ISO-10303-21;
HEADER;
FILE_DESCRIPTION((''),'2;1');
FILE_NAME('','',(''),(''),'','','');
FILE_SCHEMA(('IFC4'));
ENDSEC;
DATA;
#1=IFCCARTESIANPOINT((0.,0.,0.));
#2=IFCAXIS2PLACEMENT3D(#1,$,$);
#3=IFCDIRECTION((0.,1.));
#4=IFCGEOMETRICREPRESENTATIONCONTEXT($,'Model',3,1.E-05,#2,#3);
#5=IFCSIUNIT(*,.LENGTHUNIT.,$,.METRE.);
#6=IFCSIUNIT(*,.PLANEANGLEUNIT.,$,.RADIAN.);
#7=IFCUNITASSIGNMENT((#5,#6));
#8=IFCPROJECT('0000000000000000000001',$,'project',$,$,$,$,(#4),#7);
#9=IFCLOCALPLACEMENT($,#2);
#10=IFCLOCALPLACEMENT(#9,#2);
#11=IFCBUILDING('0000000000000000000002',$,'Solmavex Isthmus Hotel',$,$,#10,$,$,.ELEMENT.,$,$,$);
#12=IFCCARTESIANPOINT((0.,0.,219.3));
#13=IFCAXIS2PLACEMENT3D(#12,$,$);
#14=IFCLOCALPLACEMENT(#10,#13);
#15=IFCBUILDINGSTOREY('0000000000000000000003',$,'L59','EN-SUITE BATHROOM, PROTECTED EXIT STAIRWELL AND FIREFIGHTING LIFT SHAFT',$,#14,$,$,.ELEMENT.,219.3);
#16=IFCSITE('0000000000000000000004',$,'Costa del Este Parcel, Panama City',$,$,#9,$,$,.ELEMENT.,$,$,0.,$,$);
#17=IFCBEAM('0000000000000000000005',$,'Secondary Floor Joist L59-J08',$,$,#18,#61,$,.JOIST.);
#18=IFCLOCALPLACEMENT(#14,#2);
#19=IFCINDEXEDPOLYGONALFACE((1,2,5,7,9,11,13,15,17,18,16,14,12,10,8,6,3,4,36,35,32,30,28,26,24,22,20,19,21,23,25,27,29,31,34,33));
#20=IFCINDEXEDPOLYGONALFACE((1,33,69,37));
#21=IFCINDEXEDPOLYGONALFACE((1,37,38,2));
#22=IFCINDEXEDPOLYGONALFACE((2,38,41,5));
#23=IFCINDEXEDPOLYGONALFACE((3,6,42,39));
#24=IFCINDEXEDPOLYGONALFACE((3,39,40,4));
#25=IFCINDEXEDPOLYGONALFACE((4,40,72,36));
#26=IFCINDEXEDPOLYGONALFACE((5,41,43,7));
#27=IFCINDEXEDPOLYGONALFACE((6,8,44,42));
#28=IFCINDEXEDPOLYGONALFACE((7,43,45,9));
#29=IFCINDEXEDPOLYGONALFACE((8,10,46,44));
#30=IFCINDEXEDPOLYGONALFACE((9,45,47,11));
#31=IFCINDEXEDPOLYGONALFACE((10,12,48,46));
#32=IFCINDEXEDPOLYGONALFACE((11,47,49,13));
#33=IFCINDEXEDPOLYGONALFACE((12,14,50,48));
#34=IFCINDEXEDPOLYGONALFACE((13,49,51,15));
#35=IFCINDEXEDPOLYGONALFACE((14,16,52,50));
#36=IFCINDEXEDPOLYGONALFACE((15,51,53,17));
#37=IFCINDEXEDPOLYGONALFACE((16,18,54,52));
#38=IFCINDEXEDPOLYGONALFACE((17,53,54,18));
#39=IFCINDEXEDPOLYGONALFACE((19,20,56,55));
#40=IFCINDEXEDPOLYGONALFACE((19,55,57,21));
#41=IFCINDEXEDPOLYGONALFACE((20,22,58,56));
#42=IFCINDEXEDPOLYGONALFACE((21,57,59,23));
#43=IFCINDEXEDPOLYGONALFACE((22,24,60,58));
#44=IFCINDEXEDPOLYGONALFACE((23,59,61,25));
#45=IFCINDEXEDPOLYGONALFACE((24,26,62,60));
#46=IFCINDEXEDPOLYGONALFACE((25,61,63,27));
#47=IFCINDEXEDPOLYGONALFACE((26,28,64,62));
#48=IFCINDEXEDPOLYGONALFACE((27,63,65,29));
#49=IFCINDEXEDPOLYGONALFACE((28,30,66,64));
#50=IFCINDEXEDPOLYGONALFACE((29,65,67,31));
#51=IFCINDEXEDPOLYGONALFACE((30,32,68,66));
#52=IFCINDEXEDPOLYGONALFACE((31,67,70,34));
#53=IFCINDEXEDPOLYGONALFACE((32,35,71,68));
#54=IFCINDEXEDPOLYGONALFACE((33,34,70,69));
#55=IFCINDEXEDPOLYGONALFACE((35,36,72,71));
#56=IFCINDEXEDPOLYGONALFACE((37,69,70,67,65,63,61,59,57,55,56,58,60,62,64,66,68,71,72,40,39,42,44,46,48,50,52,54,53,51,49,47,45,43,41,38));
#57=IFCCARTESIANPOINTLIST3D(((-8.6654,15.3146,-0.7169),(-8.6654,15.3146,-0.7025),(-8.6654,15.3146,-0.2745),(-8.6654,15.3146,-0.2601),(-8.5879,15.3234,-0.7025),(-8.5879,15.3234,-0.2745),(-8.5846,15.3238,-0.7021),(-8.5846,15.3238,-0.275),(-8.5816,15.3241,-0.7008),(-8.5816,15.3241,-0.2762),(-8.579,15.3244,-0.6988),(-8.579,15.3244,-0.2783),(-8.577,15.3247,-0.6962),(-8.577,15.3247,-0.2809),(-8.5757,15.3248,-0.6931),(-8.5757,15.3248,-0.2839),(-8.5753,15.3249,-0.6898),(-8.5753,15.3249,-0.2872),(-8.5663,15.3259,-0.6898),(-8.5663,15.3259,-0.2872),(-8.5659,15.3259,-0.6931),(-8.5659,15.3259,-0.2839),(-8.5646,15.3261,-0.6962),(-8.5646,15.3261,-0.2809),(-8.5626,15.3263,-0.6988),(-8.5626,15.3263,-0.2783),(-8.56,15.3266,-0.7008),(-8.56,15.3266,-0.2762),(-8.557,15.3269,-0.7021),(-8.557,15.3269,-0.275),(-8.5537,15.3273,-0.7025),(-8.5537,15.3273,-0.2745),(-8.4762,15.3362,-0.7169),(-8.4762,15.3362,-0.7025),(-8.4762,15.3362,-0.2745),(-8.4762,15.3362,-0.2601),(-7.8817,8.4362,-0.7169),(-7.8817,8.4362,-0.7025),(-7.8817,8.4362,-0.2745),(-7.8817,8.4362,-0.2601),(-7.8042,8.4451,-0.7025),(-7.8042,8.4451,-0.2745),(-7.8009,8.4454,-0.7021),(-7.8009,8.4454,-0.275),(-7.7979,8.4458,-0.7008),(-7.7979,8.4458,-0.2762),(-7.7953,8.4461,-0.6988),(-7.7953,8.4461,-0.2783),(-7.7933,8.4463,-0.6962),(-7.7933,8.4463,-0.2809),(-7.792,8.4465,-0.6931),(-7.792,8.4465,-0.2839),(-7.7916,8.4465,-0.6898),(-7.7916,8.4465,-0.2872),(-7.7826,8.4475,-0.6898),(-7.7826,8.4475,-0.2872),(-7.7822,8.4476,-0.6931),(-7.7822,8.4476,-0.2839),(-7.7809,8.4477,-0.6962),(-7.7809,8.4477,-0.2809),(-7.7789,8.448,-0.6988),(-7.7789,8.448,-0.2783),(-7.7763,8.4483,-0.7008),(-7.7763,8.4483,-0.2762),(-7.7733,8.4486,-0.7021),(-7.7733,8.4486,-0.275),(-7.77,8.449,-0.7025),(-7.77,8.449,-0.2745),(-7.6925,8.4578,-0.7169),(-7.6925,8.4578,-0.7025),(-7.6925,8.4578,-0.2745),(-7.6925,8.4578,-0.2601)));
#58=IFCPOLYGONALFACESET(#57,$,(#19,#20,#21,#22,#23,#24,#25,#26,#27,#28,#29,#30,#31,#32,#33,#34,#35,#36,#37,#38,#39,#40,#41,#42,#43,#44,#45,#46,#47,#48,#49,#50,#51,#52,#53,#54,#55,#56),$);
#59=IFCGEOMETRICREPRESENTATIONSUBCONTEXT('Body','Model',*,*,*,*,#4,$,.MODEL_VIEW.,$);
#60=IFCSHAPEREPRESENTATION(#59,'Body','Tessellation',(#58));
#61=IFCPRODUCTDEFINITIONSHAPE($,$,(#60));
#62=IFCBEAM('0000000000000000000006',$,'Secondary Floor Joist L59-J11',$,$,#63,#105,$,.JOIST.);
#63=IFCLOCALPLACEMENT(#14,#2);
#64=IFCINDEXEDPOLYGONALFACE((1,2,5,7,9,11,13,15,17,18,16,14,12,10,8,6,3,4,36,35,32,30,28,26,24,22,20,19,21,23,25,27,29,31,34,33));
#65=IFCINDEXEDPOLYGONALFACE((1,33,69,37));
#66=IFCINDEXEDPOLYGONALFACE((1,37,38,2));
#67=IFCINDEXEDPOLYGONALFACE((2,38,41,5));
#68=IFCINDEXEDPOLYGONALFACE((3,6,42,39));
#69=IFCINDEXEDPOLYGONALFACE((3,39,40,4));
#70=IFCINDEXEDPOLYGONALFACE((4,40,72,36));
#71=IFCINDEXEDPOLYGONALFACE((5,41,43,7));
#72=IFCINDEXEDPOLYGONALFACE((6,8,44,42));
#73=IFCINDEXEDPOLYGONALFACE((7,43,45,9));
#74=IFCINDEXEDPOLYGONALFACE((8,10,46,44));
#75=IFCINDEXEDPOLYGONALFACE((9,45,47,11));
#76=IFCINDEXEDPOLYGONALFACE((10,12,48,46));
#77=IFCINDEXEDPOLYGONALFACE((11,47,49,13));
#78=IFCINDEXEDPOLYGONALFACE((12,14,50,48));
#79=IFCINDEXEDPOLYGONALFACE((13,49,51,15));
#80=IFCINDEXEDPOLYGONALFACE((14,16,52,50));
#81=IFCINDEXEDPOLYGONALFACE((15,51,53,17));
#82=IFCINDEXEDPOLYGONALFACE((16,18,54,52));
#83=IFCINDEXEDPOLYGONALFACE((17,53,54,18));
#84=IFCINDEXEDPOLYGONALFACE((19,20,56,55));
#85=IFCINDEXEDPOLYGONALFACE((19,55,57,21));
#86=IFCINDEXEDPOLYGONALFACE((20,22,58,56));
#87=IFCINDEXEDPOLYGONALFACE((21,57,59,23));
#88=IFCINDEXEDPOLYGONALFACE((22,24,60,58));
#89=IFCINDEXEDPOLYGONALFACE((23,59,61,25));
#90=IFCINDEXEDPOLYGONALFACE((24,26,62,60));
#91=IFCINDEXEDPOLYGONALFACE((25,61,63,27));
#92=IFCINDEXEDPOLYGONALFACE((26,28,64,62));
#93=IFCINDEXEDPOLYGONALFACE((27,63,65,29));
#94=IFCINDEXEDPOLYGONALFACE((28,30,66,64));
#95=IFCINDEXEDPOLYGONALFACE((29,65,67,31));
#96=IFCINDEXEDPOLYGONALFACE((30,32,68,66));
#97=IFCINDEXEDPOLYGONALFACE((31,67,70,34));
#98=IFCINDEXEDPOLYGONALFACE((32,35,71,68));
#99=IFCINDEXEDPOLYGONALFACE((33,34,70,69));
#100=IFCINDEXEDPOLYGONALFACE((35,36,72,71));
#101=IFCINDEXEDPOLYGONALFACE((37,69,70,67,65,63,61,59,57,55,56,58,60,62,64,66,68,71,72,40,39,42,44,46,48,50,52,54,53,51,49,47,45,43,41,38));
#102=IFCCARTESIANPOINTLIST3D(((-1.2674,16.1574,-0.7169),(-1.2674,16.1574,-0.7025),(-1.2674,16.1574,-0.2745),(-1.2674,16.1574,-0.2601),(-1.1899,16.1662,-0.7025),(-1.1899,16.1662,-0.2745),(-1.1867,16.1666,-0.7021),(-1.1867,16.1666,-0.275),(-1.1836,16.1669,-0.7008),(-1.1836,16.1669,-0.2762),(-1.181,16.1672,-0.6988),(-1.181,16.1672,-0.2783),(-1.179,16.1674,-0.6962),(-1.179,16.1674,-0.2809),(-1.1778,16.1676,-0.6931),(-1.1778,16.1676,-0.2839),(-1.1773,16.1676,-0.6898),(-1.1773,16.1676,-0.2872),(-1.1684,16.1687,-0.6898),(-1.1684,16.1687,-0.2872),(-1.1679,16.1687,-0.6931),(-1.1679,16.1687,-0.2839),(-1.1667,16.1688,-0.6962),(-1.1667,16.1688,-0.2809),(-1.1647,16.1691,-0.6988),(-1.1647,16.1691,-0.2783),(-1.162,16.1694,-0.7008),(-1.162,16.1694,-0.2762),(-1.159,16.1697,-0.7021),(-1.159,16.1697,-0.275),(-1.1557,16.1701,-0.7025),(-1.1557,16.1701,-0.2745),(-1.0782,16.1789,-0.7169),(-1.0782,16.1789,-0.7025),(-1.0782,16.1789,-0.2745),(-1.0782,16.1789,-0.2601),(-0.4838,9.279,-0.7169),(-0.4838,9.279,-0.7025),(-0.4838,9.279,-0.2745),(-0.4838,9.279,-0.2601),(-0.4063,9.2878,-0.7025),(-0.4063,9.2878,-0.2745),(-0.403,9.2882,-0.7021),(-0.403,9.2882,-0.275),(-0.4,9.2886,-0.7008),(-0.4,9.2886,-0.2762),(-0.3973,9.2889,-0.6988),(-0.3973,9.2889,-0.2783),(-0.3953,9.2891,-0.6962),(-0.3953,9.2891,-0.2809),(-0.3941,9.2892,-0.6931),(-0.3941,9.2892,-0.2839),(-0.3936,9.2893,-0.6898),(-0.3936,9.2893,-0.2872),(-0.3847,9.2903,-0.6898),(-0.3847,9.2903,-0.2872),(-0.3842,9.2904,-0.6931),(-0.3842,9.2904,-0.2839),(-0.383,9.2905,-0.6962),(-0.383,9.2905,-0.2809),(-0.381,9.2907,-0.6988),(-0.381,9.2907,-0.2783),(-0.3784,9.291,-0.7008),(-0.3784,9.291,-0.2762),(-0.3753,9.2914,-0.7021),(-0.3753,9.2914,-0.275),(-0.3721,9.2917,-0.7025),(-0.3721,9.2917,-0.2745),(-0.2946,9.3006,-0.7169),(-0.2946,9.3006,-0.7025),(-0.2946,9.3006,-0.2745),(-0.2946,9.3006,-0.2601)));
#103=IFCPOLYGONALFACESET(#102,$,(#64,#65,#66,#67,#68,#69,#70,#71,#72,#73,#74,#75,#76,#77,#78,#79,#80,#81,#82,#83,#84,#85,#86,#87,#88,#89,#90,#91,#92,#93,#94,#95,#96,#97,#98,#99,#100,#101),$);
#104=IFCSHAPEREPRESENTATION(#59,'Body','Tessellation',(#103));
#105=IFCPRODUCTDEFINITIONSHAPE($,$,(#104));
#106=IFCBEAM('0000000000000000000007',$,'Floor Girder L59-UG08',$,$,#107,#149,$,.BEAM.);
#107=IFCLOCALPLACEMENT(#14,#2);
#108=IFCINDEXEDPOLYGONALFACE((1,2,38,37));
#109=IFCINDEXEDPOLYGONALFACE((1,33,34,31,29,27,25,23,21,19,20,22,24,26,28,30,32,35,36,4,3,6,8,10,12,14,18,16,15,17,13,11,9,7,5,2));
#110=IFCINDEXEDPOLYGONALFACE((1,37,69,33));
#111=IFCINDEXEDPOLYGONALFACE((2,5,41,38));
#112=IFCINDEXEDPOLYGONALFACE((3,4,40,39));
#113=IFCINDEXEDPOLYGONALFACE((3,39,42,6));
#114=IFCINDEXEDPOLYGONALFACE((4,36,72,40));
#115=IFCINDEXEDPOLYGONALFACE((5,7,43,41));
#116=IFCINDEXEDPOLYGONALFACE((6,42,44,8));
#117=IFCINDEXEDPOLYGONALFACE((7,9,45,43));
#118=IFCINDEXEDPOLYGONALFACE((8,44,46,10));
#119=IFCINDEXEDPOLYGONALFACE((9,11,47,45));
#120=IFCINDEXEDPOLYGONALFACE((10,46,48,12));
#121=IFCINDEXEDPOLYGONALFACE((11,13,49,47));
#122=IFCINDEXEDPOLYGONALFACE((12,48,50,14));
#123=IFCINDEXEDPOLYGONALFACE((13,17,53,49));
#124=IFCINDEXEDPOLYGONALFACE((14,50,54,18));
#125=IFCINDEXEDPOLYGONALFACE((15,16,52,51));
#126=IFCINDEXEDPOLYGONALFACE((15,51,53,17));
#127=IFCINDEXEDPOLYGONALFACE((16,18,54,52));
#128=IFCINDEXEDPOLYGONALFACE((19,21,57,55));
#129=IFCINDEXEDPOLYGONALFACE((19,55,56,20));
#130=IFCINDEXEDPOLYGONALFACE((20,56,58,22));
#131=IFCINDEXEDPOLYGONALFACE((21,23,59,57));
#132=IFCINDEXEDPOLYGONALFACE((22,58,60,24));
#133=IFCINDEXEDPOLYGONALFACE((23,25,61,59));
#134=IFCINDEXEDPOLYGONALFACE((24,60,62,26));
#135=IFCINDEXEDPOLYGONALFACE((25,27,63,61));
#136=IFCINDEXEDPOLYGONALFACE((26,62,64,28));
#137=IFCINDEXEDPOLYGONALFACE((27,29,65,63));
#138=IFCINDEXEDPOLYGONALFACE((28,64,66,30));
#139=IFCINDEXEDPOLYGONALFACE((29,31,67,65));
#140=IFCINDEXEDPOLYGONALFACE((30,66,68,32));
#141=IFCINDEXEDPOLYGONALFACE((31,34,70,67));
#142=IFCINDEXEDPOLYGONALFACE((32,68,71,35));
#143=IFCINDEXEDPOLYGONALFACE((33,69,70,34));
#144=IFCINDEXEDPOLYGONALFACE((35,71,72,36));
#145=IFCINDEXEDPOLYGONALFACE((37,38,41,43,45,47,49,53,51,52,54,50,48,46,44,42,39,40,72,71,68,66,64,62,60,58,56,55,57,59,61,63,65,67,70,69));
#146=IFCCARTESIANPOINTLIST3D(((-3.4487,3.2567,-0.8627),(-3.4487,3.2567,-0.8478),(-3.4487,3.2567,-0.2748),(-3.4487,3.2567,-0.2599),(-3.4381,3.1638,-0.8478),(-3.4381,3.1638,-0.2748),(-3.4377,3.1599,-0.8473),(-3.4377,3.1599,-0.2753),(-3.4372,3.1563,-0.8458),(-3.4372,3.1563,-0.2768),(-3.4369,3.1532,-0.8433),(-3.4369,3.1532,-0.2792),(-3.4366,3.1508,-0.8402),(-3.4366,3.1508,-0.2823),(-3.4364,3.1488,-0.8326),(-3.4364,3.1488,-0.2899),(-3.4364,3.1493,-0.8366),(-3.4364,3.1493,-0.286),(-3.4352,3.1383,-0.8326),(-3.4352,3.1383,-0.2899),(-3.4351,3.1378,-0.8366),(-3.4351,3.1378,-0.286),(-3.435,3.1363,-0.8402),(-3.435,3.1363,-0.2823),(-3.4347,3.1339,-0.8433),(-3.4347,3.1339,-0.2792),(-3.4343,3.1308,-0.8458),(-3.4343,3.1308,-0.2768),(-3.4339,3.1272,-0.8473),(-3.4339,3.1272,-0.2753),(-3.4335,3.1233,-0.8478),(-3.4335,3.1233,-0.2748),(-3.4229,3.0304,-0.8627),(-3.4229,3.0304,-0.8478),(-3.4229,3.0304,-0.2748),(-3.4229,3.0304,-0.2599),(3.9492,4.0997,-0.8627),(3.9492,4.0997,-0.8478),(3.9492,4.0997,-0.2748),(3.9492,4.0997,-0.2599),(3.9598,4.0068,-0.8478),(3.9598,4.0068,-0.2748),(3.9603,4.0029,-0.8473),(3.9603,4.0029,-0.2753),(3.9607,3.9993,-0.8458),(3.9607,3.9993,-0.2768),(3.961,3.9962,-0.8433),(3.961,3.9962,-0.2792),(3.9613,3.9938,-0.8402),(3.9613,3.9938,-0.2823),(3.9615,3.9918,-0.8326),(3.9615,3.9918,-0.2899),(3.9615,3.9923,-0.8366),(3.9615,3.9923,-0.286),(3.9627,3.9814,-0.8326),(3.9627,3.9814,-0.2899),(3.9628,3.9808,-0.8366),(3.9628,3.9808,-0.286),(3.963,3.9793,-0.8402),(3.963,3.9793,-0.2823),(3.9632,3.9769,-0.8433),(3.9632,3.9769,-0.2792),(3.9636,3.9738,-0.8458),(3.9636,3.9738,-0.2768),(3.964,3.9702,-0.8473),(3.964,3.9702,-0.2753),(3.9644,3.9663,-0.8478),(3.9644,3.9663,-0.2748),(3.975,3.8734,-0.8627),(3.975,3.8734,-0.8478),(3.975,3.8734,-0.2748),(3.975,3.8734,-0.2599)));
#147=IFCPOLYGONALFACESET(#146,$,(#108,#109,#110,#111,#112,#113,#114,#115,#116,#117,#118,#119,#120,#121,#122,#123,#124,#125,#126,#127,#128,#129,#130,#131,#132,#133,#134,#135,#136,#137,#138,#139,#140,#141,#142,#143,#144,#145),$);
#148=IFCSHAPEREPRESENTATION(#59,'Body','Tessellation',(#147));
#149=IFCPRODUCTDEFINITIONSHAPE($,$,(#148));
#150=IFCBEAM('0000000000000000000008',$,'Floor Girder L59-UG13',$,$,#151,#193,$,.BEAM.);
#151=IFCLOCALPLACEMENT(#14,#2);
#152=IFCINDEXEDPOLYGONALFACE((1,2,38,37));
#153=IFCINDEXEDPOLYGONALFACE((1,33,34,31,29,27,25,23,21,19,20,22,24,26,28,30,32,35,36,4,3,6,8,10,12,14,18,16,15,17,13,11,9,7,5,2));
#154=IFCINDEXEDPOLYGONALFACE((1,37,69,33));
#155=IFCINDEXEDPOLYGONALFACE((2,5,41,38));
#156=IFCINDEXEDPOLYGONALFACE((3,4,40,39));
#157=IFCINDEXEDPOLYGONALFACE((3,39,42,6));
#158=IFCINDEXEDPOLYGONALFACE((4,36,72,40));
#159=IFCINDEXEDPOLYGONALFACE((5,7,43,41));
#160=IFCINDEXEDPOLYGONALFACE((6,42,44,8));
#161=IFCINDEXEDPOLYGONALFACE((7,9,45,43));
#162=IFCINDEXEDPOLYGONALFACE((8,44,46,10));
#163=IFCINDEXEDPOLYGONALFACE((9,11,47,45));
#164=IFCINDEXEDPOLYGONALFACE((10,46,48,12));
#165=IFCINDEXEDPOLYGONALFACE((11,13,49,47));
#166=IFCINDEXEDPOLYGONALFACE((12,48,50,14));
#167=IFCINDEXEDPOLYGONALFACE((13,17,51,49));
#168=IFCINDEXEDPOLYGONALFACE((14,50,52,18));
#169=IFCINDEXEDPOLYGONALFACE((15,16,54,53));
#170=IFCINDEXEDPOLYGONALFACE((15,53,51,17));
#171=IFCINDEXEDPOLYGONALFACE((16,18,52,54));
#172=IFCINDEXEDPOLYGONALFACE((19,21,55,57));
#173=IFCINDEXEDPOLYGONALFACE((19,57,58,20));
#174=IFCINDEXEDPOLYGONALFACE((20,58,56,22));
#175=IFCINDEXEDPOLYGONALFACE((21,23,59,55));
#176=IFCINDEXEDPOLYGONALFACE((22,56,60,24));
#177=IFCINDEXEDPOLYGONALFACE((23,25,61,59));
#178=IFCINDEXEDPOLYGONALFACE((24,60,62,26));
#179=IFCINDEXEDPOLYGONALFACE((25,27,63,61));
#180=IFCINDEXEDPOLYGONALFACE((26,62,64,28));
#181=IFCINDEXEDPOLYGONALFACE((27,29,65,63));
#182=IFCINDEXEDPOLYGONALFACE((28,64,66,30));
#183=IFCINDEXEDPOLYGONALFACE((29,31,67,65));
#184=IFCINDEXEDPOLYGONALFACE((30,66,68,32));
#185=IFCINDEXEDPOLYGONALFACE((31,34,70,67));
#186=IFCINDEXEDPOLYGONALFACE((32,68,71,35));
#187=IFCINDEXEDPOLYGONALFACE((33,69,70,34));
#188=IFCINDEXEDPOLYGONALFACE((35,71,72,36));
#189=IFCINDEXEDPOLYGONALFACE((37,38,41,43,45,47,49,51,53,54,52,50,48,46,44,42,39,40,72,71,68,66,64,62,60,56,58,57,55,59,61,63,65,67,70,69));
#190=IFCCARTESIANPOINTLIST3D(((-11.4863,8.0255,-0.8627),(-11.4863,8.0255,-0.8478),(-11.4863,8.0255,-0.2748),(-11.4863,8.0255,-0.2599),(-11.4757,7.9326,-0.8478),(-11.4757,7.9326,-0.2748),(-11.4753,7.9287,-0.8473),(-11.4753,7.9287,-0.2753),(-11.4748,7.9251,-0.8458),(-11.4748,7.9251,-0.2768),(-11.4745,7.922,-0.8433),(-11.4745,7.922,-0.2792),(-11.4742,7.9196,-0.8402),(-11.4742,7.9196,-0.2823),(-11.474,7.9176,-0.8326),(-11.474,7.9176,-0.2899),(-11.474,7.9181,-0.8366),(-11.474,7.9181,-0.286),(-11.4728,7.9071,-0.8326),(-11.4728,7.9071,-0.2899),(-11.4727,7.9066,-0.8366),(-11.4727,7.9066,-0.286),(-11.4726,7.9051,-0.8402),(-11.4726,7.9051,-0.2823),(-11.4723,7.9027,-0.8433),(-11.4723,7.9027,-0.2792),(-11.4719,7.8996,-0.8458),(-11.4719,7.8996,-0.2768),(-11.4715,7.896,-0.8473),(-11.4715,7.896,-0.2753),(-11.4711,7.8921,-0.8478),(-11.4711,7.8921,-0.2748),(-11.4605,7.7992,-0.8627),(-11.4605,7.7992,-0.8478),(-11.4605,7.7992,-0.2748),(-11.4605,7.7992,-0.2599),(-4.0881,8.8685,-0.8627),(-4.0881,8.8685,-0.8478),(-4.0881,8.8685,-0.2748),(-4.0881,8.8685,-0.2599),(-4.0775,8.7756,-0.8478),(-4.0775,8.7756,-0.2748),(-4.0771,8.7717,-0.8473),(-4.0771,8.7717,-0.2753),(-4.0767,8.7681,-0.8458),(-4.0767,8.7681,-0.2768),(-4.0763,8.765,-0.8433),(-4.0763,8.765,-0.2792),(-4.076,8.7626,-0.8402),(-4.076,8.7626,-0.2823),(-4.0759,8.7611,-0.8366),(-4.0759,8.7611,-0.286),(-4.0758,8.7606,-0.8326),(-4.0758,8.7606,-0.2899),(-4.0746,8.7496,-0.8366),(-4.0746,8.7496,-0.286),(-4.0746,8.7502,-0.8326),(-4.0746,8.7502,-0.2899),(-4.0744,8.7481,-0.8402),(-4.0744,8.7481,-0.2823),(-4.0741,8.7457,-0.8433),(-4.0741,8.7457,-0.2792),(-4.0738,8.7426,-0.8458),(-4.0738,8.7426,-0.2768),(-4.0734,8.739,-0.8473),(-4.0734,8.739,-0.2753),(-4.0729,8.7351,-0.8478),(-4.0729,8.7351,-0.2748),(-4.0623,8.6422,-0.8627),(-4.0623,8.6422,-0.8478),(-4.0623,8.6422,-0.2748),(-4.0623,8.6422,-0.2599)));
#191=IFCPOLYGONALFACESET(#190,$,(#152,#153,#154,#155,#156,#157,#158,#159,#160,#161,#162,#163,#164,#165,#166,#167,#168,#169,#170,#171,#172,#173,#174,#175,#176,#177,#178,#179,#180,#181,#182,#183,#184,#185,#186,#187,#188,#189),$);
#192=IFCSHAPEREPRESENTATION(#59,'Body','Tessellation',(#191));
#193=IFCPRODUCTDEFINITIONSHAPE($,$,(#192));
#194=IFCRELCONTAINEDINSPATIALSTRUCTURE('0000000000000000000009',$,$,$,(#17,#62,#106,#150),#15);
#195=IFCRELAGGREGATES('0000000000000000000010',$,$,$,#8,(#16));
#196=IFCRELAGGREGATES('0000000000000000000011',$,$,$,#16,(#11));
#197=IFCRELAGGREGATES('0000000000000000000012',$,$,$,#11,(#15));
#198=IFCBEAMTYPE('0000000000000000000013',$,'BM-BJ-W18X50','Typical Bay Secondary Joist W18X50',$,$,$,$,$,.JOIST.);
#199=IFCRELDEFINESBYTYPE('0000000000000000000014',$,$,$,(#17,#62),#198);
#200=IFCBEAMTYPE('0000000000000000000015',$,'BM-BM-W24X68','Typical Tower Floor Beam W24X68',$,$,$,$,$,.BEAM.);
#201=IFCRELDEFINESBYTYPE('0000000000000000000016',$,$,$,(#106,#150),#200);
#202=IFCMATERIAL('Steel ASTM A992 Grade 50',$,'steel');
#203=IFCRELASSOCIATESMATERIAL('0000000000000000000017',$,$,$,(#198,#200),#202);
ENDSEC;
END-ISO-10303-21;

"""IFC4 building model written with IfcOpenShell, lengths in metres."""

from ifc_helpers import new_model, si_unit, direction, frame, origin, origin_2d, place, context, subcontext, project, spatial, i_section, extrude, material, material_profile, profile_set, type_object, element, save


model = new_model("IFC4")

# Units and contexts
model_context = context("Model", 3, precision=1e-05, world=origin(), true_north=direction((0.0, 1.0)))
body_context = subcontext(model_context, "Body", "Model", "MODEL_VIEW")
ifc_project = project(units=[si_unit("LENGTHUNIT", "METRE"), si_unit("PLANEANGLEUNIT", "RADIAN")], contexts=[model_context])

# Site, building, storey
site_placement = place(None, origin())
site = spatial("IfcSite", under=ifc_project, at=site_placement, Name="Costa del Este Parcel, Panama City", CompositionType="ELEMENT", RefElevation=0.0)
building_placement = place(site_placement, origin())
building = spatial("IfcBuilding", under=site, at=building_placement, Name="Solmavex Isthmus Hotel", CompositionType="ELEMENT")
storey_placement = place(building_placement, frame((0.0, 0.0, 219.3)))
storey = spatial("IfcBuildingStorey", under=building, at=storey_placement, Name="L59", Description="EN-SUITE BATHROOM, PROTECTED EXIT STAIRWELL AND FIREFIGHTING LIFT SHAFT", CompositionType="ELEMENT", Elevation=219.3)

# Beams
ifc_material_1 = material(Name="Steel ASTM A992 Grade 50", Category="steel")
ifc_material_profile_1 = material_profile(ifc_material_1, i_section(OverallWidth=0.1904, OverallDepth=0.4568, WebThickness=0.009, FlangeThickness=0.0144, FilletRadius=0.0127, at=origin_2d()), Name="W18X50")
ifc_profile_set_1 = profile_set([ifc_material_profile_1], Name="Steel ASTM A992 Grade 50")
beam_type_1 = type_object("IfcBeamType", Name="BM-BJ-W18X50", Description="Typical Bay Secondary Joist W18X50", PredefinedType="JOIST", material=ifc_profile_set_1)
for number, where, z_axis, x_axis, name in (
    (1, (-7.7871, 8.447, -0.4885), (-0.113202, 0.993572, 0.0), (-0.993572, -0.113202, 0.0), "Secondary Floor Joist L59-J08"),
    (2, (-0.3892, 9.2898, -0.4885), (-0.113202, 0.993572, 0.0), (-0.993572, -0.113202, 0.0), "Secondary Floor Joist L59-J11"),
):
    element("IfcBeam", number, at=place(storey_placement, frame(where, z_axis=z_axis, x_axis=x_axis)), inside=storey, type_object=beam_type_1, Name=name, PredefinedType="JOIST", context=body_context, shape_type="SweptSolid", body=[
        extrude(i_section(OverallWidth=0.1904, OverallDepth=0.4568, WebThickness=0.009, FlangeThickness=0.0144, FilletRadius=0.0127, at=origin_2d()), origin(), (0.0, 0.0, 1.0), 6.9229),
    ])
ifc_material_profile_2 = material_profile(ifc_material_1, i_section(OverallWidth=0.2278, OverallDepth=0.6028, WebThickness=0.0105, FlangeThickness=0.0149, FilletRadius=0.0151, at=origin_2d()), Name="W24X68")
ifc_profile_set_2 = profile_set([ifc_material_profile_2], Name="Steel ASTM A992 Grade 50")
beam_type_2 = type_object("IfcBeamType", Name="BM-BM-W24X68", Description="Typical Tower Floor Beam W24X68", PredefinedType="BEAM", material=ifc_profile_set_2)
beam_1_placement = place(storey_placement, frame((-3.4358, 3.1436, -0.5613), z_axis=(0.99357, 0.11322, 0.0), x_axis=(-0.11322, 0.99357, 0.0)))
element("IfcBeam", 3, at=beam_1_placement, inside=storey, type_object=beam_type_2, Name="Floor Girder L59-UG08", PredefinedType="BEAM", context=body_context, shape_type="SweptSolid", body=[
    extrude(i_section(OverallWidth=0.2278, OverallDepth=0.6028, WebThickness=0.0105, FlangeThickness=0.0149, FilletRadius=0.0151, at=origin_2d()), origin(), (0.0, 0.0, 1.0), 7.4458),
])
for number, where, z_axis, x_axis, name in (
    (4, (-11.4734, 7.9124, -0.5613), (0.99357, 0.113216, 0.0), (-0.113216, 0.99357, 0.0), "Floor Girder L59-UG13"),
):
    element("IfcBeam", number, at=place(storey_placement, frame(where, z_axis=z_axis, x_axis=x_axis)), inside=storey, type_object=beam_type_2, Name=name, PredefinedType="BEAM", context=body_context, shape_type="SweptSolid", body=[
        extrude(i_section(OverallWidth=0.2278, OverallDepth=0.6028, WebThickness=0.0105, FlangeThickness=0.0149, FilletRadius=0.0151, at=origin_2d()), origin(), (0.0, 0.0, 1.0), 7.446),
    ])

save(model, "model.ifc")
